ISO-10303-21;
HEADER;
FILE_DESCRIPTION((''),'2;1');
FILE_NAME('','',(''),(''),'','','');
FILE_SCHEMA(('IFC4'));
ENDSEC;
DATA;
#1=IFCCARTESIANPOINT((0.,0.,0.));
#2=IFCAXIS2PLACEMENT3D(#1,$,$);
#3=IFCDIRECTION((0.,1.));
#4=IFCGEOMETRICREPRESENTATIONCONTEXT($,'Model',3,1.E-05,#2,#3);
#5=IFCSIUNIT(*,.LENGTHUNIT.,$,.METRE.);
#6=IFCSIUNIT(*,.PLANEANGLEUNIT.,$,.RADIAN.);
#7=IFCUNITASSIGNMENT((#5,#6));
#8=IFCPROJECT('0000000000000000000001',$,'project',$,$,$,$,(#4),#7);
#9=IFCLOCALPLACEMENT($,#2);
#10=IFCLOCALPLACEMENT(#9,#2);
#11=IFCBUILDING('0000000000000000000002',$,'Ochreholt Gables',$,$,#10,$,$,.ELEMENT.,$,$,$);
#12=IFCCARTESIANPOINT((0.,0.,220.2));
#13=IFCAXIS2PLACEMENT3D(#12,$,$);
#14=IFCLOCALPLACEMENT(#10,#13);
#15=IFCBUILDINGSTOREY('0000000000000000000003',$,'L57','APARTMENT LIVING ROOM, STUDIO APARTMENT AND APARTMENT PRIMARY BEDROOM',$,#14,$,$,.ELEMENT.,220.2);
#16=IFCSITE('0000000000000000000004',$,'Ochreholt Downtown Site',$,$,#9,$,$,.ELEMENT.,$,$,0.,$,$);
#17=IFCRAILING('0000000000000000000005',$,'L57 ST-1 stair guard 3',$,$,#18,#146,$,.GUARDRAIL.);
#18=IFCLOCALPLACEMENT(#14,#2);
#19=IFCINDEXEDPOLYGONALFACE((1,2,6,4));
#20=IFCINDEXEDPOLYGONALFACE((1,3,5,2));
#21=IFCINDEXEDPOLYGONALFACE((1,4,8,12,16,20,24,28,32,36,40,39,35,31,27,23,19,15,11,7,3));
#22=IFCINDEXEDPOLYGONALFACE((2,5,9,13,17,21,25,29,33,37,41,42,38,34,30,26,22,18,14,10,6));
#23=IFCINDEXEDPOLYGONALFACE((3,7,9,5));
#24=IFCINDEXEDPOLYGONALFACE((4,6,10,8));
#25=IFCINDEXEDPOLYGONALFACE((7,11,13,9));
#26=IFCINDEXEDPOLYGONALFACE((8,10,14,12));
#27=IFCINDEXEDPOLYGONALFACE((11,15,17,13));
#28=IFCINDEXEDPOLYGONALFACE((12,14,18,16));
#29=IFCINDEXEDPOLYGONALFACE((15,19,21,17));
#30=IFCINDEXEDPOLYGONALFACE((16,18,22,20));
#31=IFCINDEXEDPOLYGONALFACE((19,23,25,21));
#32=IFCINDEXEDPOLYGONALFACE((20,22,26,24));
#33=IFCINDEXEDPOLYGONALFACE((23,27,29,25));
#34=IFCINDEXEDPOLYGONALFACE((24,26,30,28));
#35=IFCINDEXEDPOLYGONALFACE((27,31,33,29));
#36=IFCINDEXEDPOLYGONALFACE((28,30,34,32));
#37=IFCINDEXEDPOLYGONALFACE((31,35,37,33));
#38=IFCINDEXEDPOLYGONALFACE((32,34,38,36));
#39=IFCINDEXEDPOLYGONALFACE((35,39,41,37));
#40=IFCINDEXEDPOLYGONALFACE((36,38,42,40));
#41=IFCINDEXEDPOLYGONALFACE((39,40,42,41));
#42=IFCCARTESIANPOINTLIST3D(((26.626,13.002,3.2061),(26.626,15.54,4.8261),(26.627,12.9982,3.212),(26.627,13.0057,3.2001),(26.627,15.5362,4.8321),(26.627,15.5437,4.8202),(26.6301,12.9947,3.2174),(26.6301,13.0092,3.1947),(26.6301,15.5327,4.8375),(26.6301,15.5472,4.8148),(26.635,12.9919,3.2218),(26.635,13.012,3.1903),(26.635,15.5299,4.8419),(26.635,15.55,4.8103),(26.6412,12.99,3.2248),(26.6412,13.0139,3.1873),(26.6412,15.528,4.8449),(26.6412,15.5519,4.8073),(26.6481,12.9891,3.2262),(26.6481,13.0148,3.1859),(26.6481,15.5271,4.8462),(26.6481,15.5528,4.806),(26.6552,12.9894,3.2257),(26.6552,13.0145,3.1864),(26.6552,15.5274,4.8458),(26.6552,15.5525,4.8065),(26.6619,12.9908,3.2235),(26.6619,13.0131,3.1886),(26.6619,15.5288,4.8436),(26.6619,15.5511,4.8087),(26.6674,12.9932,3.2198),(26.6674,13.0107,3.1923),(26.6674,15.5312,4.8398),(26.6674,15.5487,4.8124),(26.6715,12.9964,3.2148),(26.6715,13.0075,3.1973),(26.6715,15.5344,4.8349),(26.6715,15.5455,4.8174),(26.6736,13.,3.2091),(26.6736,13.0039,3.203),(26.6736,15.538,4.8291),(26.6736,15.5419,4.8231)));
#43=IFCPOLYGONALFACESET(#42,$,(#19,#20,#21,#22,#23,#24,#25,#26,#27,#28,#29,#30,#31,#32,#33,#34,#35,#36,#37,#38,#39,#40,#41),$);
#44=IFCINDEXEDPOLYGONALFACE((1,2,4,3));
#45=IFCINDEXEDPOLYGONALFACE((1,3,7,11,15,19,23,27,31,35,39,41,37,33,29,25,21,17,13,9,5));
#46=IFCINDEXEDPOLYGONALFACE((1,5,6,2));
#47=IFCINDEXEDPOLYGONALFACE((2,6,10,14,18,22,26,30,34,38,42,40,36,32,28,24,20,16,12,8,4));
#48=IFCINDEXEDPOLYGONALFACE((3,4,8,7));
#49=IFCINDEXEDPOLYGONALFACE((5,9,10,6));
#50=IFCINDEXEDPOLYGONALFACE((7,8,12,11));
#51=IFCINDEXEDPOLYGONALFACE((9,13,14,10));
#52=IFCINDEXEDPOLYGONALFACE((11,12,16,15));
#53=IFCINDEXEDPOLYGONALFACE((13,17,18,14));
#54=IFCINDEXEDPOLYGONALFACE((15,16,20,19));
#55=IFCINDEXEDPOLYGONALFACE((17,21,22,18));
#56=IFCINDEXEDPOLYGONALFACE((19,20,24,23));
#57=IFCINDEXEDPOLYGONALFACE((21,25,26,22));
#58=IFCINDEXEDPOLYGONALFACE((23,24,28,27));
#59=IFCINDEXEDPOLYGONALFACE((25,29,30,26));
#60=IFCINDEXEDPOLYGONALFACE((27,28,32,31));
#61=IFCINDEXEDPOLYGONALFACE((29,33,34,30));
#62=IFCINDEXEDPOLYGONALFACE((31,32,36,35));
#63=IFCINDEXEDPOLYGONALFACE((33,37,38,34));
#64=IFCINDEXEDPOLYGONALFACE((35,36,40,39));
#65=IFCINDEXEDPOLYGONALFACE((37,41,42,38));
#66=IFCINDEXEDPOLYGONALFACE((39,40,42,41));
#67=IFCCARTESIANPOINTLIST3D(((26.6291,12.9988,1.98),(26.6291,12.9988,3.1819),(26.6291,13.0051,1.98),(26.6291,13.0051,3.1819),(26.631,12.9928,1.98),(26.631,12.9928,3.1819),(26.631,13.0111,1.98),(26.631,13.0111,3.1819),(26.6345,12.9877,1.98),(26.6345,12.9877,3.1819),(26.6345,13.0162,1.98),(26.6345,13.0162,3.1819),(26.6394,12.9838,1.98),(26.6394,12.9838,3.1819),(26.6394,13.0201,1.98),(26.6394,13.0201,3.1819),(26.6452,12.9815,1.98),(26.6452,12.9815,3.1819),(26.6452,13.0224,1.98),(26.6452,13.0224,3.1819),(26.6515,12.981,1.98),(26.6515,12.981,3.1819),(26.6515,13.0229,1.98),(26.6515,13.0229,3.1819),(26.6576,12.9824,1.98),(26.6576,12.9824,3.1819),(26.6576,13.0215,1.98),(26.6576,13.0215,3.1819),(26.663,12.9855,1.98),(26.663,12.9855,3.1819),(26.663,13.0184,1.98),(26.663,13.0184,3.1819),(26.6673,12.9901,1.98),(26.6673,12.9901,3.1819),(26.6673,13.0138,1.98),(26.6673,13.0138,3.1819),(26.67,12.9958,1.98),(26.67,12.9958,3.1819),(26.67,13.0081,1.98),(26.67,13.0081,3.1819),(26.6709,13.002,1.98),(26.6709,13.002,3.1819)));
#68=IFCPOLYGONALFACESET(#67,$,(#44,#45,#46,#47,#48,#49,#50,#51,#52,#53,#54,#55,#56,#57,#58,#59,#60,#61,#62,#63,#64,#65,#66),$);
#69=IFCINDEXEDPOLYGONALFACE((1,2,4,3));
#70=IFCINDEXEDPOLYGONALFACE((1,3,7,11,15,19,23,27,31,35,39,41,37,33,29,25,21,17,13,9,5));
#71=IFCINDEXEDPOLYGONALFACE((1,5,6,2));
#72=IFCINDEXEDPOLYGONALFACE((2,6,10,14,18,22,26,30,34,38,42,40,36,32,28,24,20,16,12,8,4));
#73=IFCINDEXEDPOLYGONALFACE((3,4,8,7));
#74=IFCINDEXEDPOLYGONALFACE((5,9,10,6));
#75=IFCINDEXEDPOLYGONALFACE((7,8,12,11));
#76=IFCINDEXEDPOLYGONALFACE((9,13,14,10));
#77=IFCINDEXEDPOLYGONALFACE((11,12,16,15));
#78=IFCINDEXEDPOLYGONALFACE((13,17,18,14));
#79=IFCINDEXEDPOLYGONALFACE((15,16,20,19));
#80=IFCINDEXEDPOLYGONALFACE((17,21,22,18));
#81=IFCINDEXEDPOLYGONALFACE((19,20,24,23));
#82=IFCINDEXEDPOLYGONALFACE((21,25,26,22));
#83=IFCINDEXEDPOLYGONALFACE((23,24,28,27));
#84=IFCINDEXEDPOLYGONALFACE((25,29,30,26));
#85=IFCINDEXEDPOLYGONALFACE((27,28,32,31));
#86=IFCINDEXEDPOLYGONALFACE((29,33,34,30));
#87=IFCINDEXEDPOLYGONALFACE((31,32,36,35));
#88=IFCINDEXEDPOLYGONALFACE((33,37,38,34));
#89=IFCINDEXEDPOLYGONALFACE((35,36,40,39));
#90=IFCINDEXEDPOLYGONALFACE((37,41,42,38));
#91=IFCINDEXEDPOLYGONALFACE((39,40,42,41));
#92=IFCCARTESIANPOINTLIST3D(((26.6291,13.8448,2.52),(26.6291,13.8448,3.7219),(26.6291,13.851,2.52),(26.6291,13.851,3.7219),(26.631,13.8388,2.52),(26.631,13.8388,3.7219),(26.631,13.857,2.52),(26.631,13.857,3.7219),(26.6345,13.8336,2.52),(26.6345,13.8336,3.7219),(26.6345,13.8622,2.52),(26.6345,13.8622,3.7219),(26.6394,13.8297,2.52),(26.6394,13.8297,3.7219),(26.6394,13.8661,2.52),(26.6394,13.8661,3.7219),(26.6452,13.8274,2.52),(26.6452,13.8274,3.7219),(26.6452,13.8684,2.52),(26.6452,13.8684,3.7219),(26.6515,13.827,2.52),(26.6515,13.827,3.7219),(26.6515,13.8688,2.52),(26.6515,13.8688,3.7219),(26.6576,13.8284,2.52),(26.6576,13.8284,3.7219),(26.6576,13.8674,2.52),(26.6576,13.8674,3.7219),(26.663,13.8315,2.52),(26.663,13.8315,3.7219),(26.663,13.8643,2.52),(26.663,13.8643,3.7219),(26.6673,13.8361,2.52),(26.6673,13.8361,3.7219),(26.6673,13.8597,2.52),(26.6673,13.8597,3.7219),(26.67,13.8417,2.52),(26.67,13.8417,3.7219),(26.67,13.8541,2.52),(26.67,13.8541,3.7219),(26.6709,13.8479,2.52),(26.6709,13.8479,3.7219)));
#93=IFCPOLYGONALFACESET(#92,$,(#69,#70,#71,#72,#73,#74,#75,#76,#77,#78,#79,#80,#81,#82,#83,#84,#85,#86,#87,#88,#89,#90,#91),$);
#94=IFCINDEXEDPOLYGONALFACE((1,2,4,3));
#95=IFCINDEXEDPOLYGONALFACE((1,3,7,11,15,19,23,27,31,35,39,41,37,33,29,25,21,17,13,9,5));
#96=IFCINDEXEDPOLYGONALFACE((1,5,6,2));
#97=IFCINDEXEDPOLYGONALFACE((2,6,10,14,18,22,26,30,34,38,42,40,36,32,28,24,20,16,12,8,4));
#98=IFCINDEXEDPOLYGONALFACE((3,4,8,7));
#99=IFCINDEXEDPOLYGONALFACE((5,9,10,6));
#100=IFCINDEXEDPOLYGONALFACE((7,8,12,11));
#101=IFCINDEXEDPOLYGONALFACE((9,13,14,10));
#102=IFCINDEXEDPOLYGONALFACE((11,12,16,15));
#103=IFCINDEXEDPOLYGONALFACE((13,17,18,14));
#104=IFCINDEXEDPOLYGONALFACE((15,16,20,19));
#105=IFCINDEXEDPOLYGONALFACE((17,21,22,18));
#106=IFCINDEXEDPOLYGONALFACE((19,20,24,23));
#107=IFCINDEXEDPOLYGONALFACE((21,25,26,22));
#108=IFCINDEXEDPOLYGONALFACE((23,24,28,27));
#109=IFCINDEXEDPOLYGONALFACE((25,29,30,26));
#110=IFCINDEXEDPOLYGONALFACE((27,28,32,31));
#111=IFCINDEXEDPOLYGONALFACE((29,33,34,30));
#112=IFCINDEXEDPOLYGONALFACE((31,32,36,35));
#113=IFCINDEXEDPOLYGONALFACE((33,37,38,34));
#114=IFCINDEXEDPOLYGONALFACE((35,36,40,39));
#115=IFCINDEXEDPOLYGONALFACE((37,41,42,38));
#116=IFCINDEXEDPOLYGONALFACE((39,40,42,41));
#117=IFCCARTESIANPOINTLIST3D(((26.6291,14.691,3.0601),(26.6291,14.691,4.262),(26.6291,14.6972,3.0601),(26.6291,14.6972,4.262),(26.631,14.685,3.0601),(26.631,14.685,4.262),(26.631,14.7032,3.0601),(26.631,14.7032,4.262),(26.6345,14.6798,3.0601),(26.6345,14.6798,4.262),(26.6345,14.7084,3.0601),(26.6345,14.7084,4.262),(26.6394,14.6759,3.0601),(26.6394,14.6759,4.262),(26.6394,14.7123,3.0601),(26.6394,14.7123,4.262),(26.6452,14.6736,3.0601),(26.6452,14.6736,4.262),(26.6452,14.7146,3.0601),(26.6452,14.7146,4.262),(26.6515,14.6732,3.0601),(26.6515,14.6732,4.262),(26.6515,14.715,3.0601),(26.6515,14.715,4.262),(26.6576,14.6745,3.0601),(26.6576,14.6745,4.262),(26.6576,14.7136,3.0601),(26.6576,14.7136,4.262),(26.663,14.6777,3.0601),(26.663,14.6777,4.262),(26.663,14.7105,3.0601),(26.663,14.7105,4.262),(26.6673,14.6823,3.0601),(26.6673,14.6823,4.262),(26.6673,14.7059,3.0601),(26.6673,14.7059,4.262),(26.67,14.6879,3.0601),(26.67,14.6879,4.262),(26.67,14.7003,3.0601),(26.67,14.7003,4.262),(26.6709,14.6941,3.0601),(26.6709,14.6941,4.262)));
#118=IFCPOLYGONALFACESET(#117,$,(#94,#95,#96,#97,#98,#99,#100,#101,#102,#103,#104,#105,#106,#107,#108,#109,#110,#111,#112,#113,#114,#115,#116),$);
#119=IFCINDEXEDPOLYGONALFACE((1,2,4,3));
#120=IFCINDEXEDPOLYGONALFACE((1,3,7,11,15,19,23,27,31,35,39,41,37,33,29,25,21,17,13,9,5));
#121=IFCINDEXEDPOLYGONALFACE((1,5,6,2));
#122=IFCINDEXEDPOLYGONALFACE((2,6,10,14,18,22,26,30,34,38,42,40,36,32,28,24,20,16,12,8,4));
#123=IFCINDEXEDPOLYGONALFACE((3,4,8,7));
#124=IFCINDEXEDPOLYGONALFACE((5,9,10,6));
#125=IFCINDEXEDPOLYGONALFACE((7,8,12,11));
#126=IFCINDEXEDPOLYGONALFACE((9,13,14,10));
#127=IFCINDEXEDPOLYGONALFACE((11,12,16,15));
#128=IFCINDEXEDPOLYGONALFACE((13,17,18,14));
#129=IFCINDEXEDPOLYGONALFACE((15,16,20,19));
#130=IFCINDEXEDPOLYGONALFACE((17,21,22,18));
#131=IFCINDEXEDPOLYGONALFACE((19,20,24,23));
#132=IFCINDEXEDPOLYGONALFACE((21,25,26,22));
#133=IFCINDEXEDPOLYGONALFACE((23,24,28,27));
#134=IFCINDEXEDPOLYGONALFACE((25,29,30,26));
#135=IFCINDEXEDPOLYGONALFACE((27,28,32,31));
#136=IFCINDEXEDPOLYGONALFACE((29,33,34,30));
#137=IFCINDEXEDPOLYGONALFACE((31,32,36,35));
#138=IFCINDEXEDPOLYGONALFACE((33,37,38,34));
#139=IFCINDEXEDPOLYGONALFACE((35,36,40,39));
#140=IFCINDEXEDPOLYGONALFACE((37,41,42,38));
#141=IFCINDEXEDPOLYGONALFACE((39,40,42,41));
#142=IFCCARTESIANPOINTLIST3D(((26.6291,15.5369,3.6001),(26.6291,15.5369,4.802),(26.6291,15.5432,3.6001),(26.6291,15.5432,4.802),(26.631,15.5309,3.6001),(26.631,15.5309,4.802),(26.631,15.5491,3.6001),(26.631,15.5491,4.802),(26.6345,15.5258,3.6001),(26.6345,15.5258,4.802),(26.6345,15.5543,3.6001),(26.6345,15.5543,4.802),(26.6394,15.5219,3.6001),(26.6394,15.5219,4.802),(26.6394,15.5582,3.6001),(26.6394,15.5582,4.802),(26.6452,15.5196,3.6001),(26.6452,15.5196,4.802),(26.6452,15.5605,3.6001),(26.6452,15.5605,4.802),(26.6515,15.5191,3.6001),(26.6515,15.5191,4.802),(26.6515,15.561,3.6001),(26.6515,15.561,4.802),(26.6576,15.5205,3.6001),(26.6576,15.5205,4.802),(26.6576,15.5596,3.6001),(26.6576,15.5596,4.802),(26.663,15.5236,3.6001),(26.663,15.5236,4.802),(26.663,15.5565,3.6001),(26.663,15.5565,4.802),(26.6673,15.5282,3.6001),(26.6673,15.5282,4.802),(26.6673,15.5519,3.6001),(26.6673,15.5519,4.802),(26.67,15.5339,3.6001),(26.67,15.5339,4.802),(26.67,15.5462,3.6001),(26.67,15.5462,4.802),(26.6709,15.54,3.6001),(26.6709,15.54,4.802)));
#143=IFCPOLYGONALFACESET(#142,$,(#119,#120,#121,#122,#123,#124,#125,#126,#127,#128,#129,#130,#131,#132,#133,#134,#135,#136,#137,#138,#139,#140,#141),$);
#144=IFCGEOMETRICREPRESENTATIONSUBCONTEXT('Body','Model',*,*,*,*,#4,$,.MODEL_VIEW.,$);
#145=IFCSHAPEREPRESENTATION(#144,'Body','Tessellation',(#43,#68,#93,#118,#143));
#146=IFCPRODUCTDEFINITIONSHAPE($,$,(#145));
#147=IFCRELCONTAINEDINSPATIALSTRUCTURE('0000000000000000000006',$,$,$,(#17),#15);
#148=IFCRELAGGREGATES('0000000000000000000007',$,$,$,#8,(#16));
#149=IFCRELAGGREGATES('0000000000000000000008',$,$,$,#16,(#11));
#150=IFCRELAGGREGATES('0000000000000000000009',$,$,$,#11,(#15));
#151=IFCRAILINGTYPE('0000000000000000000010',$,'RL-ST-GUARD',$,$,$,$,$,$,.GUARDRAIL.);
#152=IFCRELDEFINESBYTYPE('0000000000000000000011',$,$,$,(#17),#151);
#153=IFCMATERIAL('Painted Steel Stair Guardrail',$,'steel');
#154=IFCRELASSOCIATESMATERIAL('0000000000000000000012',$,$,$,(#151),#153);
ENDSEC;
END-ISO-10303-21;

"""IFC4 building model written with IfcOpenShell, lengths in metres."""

from ifc_helpers import new_model, si_unit, direction, frame, origin, origin_2d, place, context, subcontext, project, spatial, circle, extrude, material, type_object, element, save


model = new_model("IFC4")

# Units and contexts
model_context = context("Model", 3, precision=1e-05, world=origin(), true_north=direction((0.0, 1.0)))
body_context = subcontext(model_context, "Body", "Model", "MODEL_VIEW")
ifc_project = project(units=[si_unit("LENGTHUNIT", "METRE"), si_unit("PLANEANGLEUNIT", "RADIAN")], contexts=[model_context])

# Site, building, storey
site_placement = place(None, origin())
site = spatial("IfcSite", under=ifc_project, at=site_placement, Name="Ochreholt Downtown Site", CompositionType="ELEMENT", RefElevation=0.0)
building_placement = place(site_placement, origin())
building = spatial("IfcBuilding", under=site, at=building_placement, Name="Ochreholt Gables", CompositionType="ELEMENT")
storey_placement = place(building_placement, frame((0.0, 0.0, 220.2)))
storey = spatial("IfcBuildingStorey", under=building, at=storey_placement, Name="L57", Description="APARTMENT LIVING ROOM, STUDIO APARTMENT AND APARTMENT PRIMARY BEDROOM", CompositionType="ELEMENT", Elevation=220.2)

# Railing
ifc_material_1 = material(Name="Painted Steel Stair Guardrail", Category="steel")
railing_type = type_object("IfcRailingType", Name="RL-ST-GUARD", PredefinedType="GUARDRAIL", material=ifc_material_1)
railing_1_placement = place(storey_placement, frame((26.6499, 13.002, 1.98)))
element("IfcRailing", 1, at=railing_1_placement, inside=storey, type_object=railing_type, Name="L57 ST-1 stair guard 3", PredefinedType="GUARDRAIL", context=body_context, shape_type="SweptSolid", body=[
    extrude(circle(Radius=0.0239, at=origin_2d()), frame((0.0, 0.0, 1.2261), z_axis=(0.0, 0.842913, 0.53805), x_axis=(-1.0, 0.0, 0.0)), (0.0, 0.0, 1.0), 3.011),
    extrude(circle(Radius=0.021, at=origin_2d()), origin(), (0.0, 0.0, 1.0), 1.2019),
    extrude(circle(Radius=0.021, at=origin_2d()), frame((0.0, 0.8459, 0.54)), (0.0, 0.0, 1.0), 1.2019),
    extrude(circle(Radius=0.021, at=origin_2d()), frame((0.0, 1.6921, 1.0801)), (0.0, 0.0, 1.0), 1.2019),
    extrude(circle(Radius=0.021, at=origin_2d()), frame((0.0, 2.5381, 1.6201)), (0.0, 0.0, 1.0), 1.2019),
])

save(model, "model.ifc")
